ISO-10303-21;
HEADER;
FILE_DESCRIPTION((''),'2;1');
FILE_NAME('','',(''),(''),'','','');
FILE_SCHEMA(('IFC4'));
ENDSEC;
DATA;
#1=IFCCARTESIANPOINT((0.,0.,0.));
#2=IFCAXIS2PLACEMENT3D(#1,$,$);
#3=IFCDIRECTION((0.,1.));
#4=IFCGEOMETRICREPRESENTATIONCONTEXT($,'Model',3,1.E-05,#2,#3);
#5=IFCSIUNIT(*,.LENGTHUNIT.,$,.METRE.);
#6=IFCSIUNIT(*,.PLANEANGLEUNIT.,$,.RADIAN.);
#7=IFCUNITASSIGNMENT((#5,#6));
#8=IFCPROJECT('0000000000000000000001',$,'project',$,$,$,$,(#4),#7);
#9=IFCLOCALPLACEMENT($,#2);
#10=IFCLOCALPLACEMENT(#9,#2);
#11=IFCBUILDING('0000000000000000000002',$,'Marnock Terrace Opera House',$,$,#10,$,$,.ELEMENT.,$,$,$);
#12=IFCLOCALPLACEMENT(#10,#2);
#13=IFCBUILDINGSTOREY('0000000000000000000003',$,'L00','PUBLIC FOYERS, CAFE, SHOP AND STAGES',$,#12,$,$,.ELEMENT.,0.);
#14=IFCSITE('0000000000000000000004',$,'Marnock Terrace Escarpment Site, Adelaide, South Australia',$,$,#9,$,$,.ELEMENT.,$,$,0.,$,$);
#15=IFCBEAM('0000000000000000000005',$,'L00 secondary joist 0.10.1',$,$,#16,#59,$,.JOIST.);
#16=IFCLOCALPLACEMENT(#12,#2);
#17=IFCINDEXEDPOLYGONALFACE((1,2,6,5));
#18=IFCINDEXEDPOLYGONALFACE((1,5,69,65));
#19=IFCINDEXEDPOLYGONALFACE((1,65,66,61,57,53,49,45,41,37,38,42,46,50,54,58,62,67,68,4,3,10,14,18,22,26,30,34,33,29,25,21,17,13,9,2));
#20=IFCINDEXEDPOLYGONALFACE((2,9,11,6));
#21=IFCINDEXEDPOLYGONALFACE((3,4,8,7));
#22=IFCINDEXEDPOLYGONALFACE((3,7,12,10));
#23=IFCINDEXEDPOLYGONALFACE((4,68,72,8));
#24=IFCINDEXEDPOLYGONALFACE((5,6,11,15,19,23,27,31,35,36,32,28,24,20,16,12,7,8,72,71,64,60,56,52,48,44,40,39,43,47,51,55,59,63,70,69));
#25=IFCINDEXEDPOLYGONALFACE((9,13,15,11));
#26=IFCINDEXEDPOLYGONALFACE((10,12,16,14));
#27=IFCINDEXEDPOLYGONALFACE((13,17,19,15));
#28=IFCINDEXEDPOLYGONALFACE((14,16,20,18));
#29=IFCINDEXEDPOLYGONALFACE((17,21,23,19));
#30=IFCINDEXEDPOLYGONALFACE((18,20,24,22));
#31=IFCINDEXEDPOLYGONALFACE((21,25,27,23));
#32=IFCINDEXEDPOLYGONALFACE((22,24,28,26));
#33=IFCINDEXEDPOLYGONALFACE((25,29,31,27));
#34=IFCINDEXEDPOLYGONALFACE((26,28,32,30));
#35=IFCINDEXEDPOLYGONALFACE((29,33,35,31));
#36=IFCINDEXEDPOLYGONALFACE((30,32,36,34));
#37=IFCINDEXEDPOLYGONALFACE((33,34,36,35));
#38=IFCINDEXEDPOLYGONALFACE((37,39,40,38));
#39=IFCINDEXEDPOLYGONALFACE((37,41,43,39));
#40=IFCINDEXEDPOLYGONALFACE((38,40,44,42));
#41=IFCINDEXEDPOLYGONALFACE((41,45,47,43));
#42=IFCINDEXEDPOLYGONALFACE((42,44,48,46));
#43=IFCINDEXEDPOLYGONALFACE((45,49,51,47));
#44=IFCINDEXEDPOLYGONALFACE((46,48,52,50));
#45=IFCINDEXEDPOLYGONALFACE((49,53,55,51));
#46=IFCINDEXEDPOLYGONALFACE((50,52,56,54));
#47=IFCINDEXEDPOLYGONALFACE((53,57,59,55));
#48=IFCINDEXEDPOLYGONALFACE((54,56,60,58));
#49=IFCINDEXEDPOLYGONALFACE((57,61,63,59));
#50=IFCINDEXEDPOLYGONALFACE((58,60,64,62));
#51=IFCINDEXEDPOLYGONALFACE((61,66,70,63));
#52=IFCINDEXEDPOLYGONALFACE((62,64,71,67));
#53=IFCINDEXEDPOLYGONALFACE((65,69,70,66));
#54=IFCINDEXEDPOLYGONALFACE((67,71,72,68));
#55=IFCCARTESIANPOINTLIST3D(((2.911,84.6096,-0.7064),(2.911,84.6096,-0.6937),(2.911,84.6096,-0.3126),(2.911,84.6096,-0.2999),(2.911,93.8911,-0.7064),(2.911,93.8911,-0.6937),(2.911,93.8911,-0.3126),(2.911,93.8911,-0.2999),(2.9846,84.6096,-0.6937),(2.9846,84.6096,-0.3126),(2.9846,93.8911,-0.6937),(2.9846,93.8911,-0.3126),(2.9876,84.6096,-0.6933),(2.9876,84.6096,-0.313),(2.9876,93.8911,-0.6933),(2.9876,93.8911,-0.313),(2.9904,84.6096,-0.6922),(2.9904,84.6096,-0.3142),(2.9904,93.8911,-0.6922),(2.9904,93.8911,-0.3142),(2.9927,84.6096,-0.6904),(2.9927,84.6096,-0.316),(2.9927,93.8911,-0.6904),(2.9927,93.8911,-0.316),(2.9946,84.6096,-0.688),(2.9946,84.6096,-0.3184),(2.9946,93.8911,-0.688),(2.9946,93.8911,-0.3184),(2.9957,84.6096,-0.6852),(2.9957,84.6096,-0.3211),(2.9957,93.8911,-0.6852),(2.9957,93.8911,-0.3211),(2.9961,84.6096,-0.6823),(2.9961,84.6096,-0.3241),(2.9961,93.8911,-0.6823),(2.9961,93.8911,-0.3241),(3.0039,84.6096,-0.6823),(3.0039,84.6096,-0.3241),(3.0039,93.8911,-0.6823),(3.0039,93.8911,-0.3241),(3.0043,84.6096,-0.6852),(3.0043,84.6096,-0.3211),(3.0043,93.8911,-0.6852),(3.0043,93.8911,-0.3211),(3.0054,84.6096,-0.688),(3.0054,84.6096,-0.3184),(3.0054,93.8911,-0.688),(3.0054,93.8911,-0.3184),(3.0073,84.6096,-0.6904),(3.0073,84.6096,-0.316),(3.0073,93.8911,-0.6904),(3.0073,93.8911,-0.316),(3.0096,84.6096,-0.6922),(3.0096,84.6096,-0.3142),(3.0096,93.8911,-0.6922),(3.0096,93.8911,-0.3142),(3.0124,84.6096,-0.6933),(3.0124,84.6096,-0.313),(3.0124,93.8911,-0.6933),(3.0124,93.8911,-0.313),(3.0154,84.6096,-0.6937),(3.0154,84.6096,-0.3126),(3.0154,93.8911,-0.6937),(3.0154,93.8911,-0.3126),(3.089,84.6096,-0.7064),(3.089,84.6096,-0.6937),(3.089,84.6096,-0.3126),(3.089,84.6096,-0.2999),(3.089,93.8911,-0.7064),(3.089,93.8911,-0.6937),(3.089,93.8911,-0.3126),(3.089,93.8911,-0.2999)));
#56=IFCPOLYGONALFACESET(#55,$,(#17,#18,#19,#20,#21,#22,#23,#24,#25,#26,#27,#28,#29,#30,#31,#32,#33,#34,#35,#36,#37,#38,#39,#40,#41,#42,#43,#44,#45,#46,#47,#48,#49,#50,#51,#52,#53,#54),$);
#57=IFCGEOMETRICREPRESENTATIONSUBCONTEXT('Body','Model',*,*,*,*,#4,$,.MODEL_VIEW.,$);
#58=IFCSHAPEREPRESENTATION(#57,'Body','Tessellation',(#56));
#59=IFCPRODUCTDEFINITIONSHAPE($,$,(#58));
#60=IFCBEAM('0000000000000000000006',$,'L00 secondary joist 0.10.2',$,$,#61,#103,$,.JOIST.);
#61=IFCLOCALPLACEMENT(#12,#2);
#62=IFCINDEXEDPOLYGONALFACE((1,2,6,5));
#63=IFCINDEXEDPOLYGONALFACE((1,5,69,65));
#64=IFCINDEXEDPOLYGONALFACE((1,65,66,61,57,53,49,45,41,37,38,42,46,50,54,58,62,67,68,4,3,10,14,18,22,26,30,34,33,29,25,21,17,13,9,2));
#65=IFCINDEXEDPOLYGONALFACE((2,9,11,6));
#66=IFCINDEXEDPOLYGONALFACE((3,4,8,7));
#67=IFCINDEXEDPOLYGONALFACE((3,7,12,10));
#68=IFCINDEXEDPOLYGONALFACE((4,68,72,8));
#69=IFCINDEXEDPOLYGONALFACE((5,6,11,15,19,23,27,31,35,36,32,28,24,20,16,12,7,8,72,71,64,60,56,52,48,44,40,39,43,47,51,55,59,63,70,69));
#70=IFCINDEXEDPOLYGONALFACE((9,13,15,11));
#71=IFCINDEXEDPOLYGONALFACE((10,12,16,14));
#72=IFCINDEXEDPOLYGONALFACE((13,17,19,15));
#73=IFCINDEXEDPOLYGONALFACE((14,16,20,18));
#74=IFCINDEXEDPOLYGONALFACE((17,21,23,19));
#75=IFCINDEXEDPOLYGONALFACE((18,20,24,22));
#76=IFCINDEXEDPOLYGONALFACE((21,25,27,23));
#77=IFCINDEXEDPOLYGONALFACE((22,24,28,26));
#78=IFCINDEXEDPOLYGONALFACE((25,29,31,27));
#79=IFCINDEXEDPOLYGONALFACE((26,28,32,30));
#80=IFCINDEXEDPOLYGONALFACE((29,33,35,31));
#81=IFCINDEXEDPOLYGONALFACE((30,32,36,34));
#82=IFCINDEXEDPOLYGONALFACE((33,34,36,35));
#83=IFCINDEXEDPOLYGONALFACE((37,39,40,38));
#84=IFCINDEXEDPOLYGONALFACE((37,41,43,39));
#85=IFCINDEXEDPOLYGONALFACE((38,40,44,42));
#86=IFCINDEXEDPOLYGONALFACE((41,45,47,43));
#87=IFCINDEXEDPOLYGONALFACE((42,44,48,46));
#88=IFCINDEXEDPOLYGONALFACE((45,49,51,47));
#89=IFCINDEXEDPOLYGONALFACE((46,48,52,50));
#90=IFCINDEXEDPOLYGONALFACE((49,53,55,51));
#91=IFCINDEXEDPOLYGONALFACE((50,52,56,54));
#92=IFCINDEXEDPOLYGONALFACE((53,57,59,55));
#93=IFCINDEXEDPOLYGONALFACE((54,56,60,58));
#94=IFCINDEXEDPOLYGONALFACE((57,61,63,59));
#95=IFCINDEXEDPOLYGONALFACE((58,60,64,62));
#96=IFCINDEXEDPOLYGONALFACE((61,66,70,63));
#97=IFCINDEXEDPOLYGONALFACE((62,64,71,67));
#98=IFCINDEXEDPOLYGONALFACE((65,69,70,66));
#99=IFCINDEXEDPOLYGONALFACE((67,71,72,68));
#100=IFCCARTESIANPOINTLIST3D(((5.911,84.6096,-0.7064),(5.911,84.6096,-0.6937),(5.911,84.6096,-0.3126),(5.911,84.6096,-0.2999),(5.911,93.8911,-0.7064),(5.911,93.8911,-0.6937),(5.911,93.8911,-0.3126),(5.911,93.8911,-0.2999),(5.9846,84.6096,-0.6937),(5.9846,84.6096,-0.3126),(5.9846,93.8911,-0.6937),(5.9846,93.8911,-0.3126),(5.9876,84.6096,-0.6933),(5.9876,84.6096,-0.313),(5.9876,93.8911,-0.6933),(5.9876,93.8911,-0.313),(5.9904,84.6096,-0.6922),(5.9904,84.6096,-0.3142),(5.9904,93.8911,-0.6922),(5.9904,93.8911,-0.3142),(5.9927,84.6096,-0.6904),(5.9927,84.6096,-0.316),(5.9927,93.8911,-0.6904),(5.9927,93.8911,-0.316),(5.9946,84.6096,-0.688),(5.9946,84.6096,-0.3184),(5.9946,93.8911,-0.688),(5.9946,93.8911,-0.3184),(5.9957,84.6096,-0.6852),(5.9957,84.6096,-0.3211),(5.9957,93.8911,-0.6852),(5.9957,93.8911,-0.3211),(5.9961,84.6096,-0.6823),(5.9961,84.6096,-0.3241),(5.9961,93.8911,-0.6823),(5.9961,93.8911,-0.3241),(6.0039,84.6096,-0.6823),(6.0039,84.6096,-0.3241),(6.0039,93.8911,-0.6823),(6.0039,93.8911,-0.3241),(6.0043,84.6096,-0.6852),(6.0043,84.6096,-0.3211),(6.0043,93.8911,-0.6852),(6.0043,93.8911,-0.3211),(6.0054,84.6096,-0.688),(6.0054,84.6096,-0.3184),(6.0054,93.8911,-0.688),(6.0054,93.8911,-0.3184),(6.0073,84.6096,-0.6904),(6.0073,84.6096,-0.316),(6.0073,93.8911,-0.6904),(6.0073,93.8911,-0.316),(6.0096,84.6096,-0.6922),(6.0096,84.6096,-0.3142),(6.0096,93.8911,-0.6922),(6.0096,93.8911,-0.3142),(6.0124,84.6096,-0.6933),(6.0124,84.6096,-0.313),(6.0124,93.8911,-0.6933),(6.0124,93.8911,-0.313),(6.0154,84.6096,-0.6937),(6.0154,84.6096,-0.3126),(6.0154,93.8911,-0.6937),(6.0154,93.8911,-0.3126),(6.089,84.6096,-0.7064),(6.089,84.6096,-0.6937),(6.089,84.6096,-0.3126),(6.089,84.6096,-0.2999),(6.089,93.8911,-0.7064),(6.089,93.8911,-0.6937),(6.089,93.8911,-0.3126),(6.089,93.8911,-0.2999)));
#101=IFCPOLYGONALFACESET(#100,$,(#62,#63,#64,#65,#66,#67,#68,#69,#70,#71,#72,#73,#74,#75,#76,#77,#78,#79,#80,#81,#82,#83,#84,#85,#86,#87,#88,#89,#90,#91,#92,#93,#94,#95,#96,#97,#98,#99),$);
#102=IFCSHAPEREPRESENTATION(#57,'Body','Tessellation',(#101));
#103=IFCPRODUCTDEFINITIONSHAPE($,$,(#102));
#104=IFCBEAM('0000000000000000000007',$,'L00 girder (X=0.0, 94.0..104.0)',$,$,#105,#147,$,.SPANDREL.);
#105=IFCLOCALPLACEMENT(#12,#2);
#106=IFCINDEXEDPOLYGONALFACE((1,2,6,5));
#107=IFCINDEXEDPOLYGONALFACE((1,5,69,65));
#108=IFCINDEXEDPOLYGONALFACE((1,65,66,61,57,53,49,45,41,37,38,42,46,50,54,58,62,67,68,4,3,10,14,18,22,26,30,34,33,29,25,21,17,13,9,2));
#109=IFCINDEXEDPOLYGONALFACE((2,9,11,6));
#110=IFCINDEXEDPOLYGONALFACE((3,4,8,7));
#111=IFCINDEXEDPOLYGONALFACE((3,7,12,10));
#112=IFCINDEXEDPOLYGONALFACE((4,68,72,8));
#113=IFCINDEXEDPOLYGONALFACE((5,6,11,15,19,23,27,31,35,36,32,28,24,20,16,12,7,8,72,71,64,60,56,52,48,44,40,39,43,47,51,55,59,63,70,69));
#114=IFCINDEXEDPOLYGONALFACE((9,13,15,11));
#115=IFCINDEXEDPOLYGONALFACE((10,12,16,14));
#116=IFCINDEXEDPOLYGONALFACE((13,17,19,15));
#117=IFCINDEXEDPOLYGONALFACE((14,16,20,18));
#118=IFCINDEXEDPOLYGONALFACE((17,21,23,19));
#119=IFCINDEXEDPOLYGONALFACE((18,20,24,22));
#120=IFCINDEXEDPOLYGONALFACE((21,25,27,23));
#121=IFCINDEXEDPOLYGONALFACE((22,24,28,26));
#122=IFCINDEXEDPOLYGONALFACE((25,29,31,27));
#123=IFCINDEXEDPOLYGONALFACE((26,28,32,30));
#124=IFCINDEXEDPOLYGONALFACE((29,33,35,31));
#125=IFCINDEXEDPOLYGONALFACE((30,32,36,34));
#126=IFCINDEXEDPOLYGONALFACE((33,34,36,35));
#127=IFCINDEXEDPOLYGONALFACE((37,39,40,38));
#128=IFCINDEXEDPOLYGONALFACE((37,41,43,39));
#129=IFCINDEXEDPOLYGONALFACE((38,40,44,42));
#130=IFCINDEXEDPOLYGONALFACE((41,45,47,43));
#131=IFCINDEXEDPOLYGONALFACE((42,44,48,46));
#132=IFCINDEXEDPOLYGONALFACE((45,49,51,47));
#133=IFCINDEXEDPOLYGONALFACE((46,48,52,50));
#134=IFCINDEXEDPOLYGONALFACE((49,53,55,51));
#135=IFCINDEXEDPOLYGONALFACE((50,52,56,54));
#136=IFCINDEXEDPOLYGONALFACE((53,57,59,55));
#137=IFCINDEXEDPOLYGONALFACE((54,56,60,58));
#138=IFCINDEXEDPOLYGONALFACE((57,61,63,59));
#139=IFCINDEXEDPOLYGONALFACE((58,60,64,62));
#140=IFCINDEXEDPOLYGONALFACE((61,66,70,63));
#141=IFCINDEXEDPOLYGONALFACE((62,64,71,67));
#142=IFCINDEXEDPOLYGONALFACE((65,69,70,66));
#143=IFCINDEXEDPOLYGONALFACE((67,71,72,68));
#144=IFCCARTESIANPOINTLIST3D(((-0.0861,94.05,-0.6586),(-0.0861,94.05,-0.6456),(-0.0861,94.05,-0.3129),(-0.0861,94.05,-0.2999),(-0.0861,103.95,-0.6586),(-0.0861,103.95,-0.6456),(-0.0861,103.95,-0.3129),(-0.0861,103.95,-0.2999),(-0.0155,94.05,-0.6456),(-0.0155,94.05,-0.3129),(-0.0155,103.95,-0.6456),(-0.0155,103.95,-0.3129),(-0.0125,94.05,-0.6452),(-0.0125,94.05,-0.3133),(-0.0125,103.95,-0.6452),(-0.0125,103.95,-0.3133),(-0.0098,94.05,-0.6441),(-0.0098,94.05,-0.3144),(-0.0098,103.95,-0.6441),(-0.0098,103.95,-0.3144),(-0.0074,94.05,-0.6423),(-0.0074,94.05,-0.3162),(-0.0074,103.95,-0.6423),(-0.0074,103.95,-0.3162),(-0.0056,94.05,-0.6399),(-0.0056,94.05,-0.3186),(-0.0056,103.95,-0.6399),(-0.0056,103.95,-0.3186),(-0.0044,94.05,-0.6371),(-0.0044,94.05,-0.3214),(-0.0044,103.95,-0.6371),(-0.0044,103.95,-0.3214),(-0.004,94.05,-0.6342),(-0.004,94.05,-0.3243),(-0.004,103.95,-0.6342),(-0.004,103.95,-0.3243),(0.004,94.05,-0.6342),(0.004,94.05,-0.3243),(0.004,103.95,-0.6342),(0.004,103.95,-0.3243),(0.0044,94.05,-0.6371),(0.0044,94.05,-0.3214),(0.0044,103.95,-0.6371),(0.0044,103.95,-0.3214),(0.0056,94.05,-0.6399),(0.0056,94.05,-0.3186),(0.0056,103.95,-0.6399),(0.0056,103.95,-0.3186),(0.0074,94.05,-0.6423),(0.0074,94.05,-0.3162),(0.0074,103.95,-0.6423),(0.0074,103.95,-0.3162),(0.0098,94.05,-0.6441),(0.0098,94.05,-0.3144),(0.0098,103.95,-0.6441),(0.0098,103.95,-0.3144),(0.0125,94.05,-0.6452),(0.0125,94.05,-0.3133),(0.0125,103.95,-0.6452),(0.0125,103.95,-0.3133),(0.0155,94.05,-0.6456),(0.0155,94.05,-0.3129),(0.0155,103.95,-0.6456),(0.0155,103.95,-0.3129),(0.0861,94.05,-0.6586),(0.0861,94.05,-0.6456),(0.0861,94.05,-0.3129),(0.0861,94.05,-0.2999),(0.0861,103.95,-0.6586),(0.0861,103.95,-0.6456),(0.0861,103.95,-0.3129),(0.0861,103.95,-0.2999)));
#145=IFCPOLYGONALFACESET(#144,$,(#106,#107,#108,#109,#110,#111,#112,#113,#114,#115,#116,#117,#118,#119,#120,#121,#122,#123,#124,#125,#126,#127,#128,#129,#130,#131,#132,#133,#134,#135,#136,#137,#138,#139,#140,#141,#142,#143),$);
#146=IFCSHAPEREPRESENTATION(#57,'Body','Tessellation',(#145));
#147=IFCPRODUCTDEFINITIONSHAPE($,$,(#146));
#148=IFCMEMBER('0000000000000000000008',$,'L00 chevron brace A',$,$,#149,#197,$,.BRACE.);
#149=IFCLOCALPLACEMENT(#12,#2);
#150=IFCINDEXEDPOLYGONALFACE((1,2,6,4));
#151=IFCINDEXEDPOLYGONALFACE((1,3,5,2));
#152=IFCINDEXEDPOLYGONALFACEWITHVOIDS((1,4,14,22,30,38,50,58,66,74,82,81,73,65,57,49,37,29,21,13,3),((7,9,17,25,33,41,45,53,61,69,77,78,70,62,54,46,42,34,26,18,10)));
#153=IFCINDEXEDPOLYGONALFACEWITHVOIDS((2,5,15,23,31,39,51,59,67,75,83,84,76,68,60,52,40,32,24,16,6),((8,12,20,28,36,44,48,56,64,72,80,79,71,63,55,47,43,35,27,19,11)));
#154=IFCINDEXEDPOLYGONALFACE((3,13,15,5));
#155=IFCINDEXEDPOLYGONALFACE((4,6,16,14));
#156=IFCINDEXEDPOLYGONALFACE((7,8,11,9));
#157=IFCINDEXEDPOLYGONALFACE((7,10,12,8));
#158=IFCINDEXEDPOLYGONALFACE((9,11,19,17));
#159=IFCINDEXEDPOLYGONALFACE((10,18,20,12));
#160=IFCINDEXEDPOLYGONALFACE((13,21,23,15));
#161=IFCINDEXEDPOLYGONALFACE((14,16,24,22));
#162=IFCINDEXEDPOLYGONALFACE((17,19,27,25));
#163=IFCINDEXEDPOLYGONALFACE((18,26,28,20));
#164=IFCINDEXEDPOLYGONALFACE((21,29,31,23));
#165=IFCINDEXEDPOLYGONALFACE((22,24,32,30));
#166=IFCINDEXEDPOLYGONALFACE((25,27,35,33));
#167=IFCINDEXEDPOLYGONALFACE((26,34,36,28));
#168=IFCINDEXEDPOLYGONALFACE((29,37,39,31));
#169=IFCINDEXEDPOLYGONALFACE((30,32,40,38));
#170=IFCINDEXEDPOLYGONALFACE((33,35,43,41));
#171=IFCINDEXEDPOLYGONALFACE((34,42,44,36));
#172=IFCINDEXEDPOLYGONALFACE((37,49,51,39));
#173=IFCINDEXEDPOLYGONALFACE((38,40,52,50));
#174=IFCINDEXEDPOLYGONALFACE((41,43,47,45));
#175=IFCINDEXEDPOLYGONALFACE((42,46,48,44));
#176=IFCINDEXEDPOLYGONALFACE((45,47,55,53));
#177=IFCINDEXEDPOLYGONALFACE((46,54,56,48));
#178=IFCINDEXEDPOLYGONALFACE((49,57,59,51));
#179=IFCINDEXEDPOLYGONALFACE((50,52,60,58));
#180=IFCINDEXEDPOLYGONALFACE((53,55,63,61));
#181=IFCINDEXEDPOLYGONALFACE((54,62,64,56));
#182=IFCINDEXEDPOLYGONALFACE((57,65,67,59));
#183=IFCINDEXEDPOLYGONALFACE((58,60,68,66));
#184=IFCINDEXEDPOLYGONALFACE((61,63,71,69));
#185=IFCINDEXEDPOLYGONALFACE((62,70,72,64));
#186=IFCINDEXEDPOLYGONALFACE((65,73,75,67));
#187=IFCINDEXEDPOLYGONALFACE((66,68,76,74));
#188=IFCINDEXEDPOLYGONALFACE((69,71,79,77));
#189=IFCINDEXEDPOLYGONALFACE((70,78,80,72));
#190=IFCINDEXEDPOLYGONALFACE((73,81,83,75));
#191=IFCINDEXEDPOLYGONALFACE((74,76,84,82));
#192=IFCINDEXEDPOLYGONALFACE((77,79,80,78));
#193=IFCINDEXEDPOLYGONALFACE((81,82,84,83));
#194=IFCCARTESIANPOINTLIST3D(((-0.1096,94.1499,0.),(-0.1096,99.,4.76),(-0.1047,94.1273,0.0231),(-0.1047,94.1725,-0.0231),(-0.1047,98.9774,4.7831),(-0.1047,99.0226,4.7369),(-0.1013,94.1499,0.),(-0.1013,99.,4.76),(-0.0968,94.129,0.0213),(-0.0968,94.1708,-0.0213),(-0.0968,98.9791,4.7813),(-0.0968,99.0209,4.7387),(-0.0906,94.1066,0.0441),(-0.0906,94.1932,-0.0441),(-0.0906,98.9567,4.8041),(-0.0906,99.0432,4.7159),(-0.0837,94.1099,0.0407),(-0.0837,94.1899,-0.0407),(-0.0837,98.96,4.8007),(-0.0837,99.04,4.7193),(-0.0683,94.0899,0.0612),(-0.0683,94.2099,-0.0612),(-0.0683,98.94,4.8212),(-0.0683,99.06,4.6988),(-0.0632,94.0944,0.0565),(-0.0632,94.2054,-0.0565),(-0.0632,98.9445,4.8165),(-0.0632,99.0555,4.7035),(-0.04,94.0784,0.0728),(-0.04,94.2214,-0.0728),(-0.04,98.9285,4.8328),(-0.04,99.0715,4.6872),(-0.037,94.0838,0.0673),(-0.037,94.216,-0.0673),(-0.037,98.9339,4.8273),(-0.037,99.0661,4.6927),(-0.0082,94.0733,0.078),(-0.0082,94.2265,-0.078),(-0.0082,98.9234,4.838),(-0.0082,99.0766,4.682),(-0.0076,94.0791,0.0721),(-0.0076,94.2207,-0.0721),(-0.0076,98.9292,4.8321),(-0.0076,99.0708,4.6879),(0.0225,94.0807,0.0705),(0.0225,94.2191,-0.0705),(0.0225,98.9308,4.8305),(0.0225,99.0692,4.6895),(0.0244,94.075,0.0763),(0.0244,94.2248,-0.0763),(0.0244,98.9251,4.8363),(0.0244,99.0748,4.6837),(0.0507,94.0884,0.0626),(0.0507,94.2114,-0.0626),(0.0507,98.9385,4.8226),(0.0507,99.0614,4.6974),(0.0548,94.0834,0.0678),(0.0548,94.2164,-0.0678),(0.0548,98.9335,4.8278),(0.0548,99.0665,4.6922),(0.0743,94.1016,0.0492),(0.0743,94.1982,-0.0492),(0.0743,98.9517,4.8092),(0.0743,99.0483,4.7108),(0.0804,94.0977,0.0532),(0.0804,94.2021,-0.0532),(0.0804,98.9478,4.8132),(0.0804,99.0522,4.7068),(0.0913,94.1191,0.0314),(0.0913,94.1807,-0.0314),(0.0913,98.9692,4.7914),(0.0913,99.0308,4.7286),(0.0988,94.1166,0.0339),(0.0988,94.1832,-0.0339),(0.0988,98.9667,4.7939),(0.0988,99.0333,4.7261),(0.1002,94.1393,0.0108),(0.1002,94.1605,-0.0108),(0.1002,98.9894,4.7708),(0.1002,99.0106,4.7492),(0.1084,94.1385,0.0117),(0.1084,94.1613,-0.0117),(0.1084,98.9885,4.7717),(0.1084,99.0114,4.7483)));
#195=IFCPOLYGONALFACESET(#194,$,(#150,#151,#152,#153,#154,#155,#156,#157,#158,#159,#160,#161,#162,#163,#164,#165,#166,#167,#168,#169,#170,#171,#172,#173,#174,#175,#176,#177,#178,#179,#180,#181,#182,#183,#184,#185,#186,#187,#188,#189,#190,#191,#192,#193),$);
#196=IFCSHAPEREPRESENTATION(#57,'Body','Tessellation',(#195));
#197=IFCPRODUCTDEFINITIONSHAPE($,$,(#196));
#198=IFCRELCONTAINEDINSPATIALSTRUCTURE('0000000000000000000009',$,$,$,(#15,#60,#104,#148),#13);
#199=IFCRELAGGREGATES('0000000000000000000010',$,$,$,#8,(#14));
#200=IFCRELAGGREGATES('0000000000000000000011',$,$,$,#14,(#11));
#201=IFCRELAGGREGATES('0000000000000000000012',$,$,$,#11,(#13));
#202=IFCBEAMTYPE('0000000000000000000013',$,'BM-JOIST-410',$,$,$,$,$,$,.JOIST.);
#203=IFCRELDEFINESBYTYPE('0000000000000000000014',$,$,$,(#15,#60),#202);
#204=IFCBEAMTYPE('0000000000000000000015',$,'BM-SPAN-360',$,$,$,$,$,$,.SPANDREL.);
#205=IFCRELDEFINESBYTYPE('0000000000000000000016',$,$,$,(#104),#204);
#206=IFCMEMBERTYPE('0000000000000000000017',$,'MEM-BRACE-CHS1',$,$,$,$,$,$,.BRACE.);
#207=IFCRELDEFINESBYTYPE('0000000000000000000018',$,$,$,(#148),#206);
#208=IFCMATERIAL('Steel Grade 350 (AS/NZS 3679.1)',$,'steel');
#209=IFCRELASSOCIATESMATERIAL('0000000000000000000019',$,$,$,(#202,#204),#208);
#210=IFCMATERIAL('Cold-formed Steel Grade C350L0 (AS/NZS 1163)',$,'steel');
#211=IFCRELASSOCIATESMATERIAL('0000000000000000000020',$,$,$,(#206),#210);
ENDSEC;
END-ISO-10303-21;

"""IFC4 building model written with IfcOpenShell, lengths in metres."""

from ifc_helpers import new_model, si_unit, direction, frame, origin, origin_2d, place, context, subcontext, project, spatial, hollow_circle, i_section, extrude, material, material_profile, profile_set, type_object, element, save


model = new_model("IFC4")

# Units and contexts
model_context = context("Model", 3, precision=1e-05, world=origin(), true_north=direction((0.0, 1.0)))
body_context = subcontext(model_context, "Body", "Model", "MODEL_VIEW")
ifc_project = project(units=[si_unit("LENGTHUNIT", "METRE"), si_unit("PLANEANGLEUNIT", "RADIAN")], contexts=[model_context])

# Site, building, storey
site_placement = place(None, origin())
site = spatial("IfcSite", under=ifc_project, at=site_placement, Name="Marnock Terrace Escarpment Site, Adelaide, South Australia", CompositionType="ELEMENT", RefElevation=0.0)
building_placement = place(site_placement, origin())
building = spatial("IfcBuilding", under=site, at=building_placement, Name="Marnock Terrace Opera House", CompositionType="ELEMENT")
storey_placement = place(building_placement, origin())
storey = spatial("IfcBuildingStorey", under=building, at=storey_placement, Name="L00", Description="PUBLIC FOYERS, CAFE, SHOP AND STAGES", CompositionType="ELEMENT", Elevation=0.0)

# Beams
ifc_material_1 = material(Name="Steel Grade 350 (AS/NZS 3679.1)", Category="steel")
ifc_material_profile_1 = material_profile(ifc_material_1, i_section(OverallWidth=0.178, OverallDepth=0.4065, WebThickness=0.0078, FlangeThickness=0.0127, FilletRadius=0.0115, at=origin_2d()))
ifc_profile_set_1 = profile_set([ifc_material_profile_1], Name="Steel Grade 350 (AS/NZS 3679.1)")
beam_type_1 = type_object("IfcBeamType", Name="BM-JOIST-410", PredefinedType="JOIST", material=ifc_profile_set_1)
for number, where, z_axis, x_axis, name in (
    (1, (3.0, 84.6096, -0.5032), (0.0, 1.0, 0.0), (-1.0, 0.0, 0.0), "L00 secondary joist 0.10.1"),
    (2, (6.0, 84.6096, -0.5032), (0.0, 1.0, 0.0), (-1.0, 0.0, 0.0), "L00 secondary joist 0.10.2"),
):
    element("IfcBeam", number, at=place(storey_placement, frame(where, z_axis=z_axis, x_axis=x_axis)), inside=storey, type_object=beam_type_1, Name=name, PredefinedType="JOIST", context=body_context, shape_type="SweptSolid", body=[
        extrude(i_section(OverallWidth=0.178, OverallDepth=0.4065, WebThickness=0.0078, FlangeThickness=0.0127, FilletRadius=0.0115, at=origin_2d()), origin(), (0.0, 0.0, 1.0), 9.2815),
    ])
ifc_material_profile_2 = material_profile(ifc_material_1, i_section(OverallWidth=0.1721, OverallDepth=0.3586, WebThickness=0.0081, FlangeThickness=0.0129, FilletRadius=0.0115, at=origin_2d()))
ifc_profile_set_2 = profile_set([ifc_material_profile_2], Name="Steel Grade 350 (AS/NZS 3679.1)")
beam_type_2 = type_object("IfcBeamType", Name="BM-SPAN-360", PredefinedType="SPANDREL", material=ifc_profile_set_2)
beam_1_placement = place(storey_placement, frame((0.0, 94.05, -0.4792), z_axis=(0.0, 1.0, 0.0), x_axis=(-1.0, 0.0, 0.0)))
element("IfcBeam", 3, at=beam_1_placement, inside=storey, type_object=beam_type_2, Name="L00 girder (X=0.0, 94.0..104.0)", PredefinedType="SPANDREL", context=body_context, shape_type="SweptSolid", body=[
    extrude(i_section(OverallWidth=0.1721, OverallDepth=0.3586, WebThickness=0.0081, FlangeThickness=0.0129, FilletRadius=0.0115, at=origin_2d()), origin(), (0.0, 0.0, 1.0), 9.8999),
])

# Member
ifc_material_2 = material(Name="Cold-formed Steel Grade C350L0 (AS/NZS 1163)", Category="steel")
ifc_material_profile_3 = material_profile(ifc_material_2, hollow_circle(Radius=0.1096, WallThickness=0.0083, at=origin_2d()))
ifc_profile_set_3 = profile_set([ifc_material_profile_3], Name="Cold-formed Steel Grade C350L0 (AS/NZS 1163)")
member_type = type_object("IfcMemberType", Name="MEM-BRACE-CHS1", PredefinedType="BRACE", material=ifc_profile_set_3)
member_placement = place(storey_placement, frame((0.0, 94.1499, 0.0), z_axis=(0.0, 0.713704, 0.700447), x_axis=(-1.0, 0.0, 0.0)))
element("IfcMember", 4, at=member_placement, inside=storey, type_object=member_type, Name="L00 chevron brace A", PredefinedType="BRACE", context=body_context, shape_type="SweptSolid", body=[
    extrude(hollow_circle(Radius=0.1096, WallThickness=0.0083, at=origin_2d()), origin(), (0.0, 0.0, 1.0), 6.7957),
])

save(model, "model.ifc")
